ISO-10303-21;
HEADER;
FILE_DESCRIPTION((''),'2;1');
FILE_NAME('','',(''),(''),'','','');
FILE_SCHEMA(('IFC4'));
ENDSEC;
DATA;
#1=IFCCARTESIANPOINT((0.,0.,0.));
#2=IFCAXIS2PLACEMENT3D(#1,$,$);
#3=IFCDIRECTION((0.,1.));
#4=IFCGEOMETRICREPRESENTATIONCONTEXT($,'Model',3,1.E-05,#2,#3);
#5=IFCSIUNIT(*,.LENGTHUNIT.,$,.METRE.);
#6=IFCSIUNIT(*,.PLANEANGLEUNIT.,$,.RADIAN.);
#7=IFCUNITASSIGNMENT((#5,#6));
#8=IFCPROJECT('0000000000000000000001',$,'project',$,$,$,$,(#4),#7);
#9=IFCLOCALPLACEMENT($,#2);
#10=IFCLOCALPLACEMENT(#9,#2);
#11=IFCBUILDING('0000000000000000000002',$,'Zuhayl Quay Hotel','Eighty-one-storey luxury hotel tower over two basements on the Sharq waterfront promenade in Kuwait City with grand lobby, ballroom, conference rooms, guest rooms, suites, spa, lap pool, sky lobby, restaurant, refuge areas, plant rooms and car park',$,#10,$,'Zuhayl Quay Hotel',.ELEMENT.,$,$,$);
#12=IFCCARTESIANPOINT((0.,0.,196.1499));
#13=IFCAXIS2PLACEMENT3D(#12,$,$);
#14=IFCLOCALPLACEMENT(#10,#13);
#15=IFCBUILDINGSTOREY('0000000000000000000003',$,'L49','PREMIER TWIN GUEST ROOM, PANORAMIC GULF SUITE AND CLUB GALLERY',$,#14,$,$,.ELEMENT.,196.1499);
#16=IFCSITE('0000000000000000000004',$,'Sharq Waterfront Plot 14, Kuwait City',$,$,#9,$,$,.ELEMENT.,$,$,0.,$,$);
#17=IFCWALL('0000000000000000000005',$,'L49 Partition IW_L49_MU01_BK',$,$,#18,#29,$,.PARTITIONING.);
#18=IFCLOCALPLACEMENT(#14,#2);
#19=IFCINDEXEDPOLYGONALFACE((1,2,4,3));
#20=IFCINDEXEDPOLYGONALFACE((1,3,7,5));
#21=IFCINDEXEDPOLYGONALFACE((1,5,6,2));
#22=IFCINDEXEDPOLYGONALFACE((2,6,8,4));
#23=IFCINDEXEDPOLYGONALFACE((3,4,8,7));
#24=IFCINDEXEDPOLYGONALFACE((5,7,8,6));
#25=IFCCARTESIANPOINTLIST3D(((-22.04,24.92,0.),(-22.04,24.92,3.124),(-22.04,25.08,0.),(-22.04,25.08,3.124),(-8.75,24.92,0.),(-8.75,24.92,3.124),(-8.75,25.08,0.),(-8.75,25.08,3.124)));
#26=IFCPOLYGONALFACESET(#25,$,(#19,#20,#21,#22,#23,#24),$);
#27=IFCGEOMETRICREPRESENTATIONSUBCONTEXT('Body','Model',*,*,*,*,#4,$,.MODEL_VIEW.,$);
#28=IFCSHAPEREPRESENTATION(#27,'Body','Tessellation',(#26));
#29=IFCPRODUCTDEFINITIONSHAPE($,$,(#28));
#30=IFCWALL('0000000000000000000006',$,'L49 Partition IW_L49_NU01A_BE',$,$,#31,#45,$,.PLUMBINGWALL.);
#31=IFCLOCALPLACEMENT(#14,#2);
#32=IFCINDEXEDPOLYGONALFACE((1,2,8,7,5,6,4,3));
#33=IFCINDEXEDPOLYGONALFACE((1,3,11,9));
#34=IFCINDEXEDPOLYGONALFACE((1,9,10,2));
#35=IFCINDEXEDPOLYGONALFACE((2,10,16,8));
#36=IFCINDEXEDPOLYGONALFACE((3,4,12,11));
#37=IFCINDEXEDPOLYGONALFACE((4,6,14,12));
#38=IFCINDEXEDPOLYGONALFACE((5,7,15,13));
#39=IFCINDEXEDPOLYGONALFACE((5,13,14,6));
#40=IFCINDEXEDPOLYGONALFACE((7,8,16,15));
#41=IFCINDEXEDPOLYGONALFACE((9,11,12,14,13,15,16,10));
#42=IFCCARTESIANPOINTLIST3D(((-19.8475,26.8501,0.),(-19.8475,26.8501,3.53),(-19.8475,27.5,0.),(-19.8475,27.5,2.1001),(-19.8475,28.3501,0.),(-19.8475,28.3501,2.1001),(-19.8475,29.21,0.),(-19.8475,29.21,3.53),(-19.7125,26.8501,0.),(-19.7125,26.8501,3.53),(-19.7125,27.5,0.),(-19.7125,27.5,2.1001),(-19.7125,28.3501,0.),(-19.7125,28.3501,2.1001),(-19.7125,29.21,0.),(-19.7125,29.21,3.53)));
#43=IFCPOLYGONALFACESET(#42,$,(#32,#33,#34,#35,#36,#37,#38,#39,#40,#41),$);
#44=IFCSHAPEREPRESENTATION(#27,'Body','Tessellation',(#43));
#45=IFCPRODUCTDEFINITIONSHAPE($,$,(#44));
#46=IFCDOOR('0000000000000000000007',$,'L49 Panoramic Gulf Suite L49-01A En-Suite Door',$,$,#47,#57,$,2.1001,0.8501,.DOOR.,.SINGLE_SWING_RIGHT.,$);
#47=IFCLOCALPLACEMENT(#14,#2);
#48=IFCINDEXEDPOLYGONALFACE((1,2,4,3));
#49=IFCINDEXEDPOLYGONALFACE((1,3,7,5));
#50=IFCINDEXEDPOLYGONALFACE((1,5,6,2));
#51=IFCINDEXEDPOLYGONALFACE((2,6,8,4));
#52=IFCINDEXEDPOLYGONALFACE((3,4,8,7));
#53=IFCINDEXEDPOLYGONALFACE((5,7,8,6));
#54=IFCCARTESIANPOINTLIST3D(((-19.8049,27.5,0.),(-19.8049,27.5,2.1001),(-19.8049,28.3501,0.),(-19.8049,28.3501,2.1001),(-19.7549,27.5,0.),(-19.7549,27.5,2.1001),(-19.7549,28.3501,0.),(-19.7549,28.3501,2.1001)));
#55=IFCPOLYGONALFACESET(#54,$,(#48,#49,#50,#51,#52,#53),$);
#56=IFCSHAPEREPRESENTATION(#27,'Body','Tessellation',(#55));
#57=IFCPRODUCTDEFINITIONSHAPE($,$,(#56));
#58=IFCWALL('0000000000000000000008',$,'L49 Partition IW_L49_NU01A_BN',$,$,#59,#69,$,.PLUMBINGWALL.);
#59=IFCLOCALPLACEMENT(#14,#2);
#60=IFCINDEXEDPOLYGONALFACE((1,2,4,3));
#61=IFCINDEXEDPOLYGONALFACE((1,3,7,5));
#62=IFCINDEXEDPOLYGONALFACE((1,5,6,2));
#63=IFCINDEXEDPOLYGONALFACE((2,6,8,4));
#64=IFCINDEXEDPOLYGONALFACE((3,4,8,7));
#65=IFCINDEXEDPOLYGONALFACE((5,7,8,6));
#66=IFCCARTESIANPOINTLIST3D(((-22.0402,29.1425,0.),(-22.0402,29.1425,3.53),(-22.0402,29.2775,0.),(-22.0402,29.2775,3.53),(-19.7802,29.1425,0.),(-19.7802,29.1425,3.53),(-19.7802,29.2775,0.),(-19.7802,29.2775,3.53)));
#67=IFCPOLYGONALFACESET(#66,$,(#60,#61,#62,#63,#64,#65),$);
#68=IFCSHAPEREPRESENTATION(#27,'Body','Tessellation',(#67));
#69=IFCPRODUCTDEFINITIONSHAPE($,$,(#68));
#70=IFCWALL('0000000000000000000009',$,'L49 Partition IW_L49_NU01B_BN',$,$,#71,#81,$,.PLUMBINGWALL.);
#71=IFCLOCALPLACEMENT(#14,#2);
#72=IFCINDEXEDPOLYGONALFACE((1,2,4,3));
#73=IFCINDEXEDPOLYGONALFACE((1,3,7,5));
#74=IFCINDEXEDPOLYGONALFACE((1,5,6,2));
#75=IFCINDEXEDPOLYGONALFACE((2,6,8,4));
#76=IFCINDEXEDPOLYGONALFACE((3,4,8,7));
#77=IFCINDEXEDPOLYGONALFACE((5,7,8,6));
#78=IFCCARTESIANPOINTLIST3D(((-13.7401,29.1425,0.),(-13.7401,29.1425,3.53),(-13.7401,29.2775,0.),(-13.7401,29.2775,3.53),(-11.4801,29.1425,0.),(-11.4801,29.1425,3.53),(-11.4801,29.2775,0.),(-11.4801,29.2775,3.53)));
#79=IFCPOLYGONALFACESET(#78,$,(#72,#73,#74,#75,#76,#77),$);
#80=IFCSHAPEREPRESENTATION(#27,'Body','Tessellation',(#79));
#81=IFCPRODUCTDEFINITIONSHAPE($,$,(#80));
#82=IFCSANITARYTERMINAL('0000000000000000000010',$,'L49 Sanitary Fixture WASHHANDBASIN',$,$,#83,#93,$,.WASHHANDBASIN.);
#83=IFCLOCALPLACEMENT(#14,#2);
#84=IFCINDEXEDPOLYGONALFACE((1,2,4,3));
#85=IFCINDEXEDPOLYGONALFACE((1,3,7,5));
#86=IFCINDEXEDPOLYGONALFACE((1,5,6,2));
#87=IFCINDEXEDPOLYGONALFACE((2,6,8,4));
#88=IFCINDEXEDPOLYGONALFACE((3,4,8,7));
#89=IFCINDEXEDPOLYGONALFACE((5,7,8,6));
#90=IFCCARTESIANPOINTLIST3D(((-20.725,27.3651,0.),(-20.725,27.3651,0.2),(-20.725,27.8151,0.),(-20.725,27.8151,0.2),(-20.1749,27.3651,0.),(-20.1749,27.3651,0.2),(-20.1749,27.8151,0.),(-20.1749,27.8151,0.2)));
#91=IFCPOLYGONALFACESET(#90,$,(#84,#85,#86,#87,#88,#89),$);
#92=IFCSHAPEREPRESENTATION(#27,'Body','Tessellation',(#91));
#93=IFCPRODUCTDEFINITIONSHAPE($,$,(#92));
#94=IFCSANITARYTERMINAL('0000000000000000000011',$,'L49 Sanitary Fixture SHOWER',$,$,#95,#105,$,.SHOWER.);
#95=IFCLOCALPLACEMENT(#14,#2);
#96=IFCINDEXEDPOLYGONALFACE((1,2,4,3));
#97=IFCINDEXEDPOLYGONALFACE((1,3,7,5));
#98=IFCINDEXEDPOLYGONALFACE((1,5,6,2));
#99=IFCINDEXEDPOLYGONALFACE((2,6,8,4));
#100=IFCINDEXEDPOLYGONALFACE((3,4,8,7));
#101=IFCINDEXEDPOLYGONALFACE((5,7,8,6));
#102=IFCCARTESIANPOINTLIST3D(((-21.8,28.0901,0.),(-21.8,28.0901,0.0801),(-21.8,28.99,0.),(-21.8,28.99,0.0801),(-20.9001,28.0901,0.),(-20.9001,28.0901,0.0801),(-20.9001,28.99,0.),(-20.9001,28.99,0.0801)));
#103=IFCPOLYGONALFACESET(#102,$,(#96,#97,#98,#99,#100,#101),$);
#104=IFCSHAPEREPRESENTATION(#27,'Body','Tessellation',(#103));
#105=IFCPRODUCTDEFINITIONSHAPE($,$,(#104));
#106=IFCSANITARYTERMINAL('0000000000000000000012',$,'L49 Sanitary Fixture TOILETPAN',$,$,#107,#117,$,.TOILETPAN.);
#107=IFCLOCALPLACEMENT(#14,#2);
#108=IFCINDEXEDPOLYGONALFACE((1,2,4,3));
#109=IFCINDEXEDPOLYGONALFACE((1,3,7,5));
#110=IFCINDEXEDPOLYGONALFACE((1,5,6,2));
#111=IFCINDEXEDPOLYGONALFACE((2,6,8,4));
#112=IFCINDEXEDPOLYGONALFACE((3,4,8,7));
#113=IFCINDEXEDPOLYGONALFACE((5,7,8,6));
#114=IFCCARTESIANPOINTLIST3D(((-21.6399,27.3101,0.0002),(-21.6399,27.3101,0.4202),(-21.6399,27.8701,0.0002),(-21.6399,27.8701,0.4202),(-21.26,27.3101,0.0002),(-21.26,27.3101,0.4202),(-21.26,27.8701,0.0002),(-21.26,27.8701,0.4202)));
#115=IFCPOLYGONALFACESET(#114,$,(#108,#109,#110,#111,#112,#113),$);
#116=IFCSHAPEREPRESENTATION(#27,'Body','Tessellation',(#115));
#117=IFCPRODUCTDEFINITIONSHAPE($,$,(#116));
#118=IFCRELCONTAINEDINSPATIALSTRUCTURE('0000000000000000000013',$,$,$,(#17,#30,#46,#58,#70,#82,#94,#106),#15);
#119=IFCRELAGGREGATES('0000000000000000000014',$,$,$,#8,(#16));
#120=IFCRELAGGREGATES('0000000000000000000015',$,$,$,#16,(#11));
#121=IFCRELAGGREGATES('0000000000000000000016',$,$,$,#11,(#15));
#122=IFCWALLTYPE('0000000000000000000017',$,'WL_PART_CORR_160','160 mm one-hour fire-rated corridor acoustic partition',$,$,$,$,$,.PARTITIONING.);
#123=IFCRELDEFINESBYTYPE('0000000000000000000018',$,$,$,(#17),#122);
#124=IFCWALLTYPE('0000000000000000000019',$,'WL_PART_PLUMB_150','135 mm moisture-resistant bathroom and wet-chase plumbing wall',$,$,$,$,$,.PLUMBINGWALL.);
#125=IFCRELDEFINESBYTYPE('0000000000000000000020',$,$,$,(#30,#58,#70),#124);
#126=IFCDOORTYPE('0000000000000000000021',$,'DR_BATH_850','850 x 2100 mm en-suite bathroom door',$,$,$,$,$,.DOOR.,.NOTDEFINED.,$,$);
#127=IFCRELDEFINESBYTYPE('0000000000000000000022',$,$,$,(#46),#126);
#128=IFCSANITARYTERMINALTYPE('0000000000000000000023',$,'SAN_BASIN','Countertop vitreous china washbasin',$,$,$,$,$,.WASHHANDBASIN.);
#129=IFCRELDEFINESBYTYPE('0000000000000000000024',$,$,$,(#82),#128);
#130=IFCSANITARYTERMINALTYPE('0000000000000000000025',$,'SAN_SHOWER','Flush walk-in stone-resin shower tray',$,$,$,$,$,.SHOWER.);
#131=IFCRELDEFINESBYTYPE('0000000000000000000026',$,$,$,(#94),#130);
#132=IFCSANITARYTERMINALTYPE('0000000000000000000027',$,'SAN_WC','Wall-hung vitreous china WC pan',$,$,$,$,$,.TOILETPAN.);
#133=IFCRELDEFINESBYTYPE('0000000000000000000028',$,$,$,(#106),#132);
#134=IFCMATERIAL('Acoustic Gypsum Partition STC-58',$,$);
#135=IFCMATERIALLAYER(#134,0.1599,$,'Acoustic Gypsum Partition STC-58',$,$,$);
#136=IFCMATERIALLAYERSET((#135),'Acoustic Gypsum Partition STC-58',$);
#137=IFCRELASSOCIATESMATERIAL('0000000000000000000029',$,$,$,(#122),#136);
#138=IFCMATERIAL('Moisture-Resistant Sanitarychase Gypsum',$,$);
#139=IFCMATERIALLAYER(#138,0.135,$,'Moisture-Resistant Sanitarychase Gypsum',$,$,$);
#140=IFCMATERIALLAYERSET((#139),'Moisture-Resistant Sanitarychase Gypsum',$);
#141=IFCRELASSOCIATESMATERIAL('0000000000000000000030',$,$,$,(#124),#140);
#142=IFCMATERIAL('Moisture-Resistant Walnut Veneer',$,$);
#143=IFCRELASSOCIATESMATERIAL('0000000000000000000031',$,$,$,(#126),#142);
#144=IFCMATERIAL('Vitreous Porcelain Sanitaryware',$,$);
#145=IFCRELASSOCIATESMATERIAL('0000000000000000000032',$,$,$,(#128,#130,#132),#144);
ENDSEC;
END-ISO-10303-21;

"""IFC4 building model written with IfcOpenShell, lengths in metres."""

from ifc_helpers import new_model, si_unit, direction, frame, frame_2d, origin, origin_2d, place, context, subcontext, project, spatial, rectangle, extrude, material, layer, layer_set, type_object, element, fill, save


model = new_model("IFC4")

# Units and contexts
model_context = context("Model", 3, precision=1e-05, world=origin(), true_north=direction((0.0, 1.0)))
body_context = subcontext(model_context, "Body", "Model", "MODEL_VIEW")
ifc_project = project(units=[si_unit("LENGTHUNIT", "METRE"), si_unit("PLANEANGLEUNIT", "RADIAN")], contexts=[model_context])

# Site, building, storey
site_placement = place(None, origin())
site = spatial("IfcSite", under=ifc_project, at=site_placement, Name="Sharq Waterfront Plot 14, Kuwait City", CompositionType="ELEMENT", RefElevation=0.0)
building_placement = place(site_placement, origin())
building = spatial("IfcBuilding", under=site, at=building_placement, Name="Zuhayl Quay Hotel", Description="Eighty-one-storey luxury hotel tower over two basements on the Sharq waterfront promenade in Kuwait City with grand lobby, ballroom, conference rooms, guest rooms, suites, spa, lap pool, sky lobby, restaurant, refuge areas, plant rooms and car park", LongName="Zuhayl Quay Hotel", CompositionType="ELEMENT")
storey_placement = place(building_placement, frame((0.0, 0.0, 196.1499)))
storey = spatial("IfcBuildingStorey", under=building, at=storey_placement, Name="L49", Description="PREMIER TWIN GUEST ROOM, PANORAMIC GULF SUITE AND CLUB GALLERY", CompositionType="ELEMENT", Elevation=196.1499)

# Shared definitions
ifc_material_1 = material(Name="Acoustic Gypsum Partition STC-58")

# Shared definitions
ifc_layer_1 = layer(ifc_material_1, 0.1599, Name="Acoustic Gypsum Partition STC-58")
ifc_layer_set_1 = layer_set([ifc_layer_1], Name="Acoustic Gypsum Partition STC-58")
wall_type_1 = type_object("IfcWallType", Name="WL_PART_CORR_160", Description="160 mm one-hour fire-rated corridor acoustic partition", PredefinedType="PARTITIONING", material=ifc_layer_set_1)

# Wall
wall_1_placement = place(storey_placement, frame((-22.04, 25.0, 0.0), z_axis=(0.0, 0.0, 1.0), x_axis=(1.0, 0.0, 0.0)))
element("IfcWall", 1, at=wall_1_placement, inside=storey, type_object=wall_type_1, Name="L49 Partition IW_L49_MU01_BK", PredefinedType="PARTITIONING", context=body_context, shape_type="SweptSolid", body=[
    extrude(rectangle(XDim=13.29, YDim=0.1599, at=frame_2d((6.645, 0.0))), origin(), (0.0, 0.0, 1.0), 3.124),
])

# Wall, opening, door
ifc_material_2 = material(Name="Moisture-Resistant Sanitarychase Gypsum")
ifc_layer_2 = layer(ifc_material_2, 0.135, Name="Moisture-Resistant Sanitarychase Gypsum")
ifc_layer_set_2 = layer_set([ifc_layer_2], Name="Moisture-Resistant Sanitarychase Gypsum")
wall_type_2 = type_object("IfcWallType", Name="WL_PART_PLUMB_150", Description="135 mm moisture-resistant bathroom and wet-chase plumbing wall", PredefinedType="PLUMBINGWALL", material=ifc_layer_set_2)
wall_2_placement = place(storey_placement, frame((-19.78, 26.8501, 0.0), z_axis=(0.0, 0.0, 1.0), x_axis=(0.0, 1.0, 0.0)))
wall_2 = element("IfcWall", 2, at=wall_2_placement, inside=storey, type_object=wall_type_2, Name="L49 Partition IW_L49_NU01A_BE", PredefinedType="PLUMBINGWALL", context=body_context, shape_type="SweptSolid", body=[
    extrude(rectangle(XDim=2.3599, YDim=0.135, at=frame_2d((1.1799, 0.0))), origin(), (0.0, 0.0, 1.0), 3.53),
])
opening_1_placement = place(wall_2_placement, frame((0.6499, 0.0, 0.0)))
opening_1 = element("IfcOpeningElement", 3, at=opening_1_placement, cuts=wall_2, PredefinedType="OPENING", context=body_context, shape_type="SweptSolid", body=[
    extrude(rectangle(XDim=0.8501, YDim=2.1001, at=frame_2d((0.425, 1.05))), frame((0.0, 0.0774, 0.0), z_axis=(0.0, -1.0, 0.0), x_axis=(1.0, 0.0, 0.0)), (0.0, 0.0, 1.0), 0.155),
])
ifc_material_3 = material(Name="Moisture-Resistant Walnut Veneer")
door_type_1 = type_object("IfcDoorType", Name="DR_BATH_850", Description="850 x 2100 mm en-suite bathroom door", OperationType="NOTDEFINED", PredefinedType="DOOR", material=ifc_material_3)
door_1_placement = place(opening_1_placement, origin())
door_1 = element("IfcDoor", 4, at=door_1_placement, inside=storey, type_object=door_type_1, Name="L49 Panoramic Gulf Suite L49-01A En-Suite Door", OperationType="SINGLE_SWING_RIGHT", OverallHeight=2.1001, OverallWidth=0.8501, PredefinedType="DOOR", context=body_context, shape_type="SweptSolid", body=[
    extrude(rectangle(XDim=0.8501, YDim=2.1001, at=frame_2d((0.425, 1.05))), frame((0.0, 0.0249, 0.0), z_axis=(0.0, -1.0, 0.0), x_axis=(1.0, 0.0, 0.0)), (0.0, 0.0, 1.0), 0.05),
])
fill(opening_1, door_1)

# Walls
for number, where, z_axis, x_axis, name in (
    (5, (-22.04, 29.21, 0.0), (0.0, 0.0, 1.0), (1.0, 0.0, 0.0), "L49 Partition IW_L49_NU01A_BN"),
    (6, (-13.74, 29.21, 0.0), (0.0, 0.0, 1.0), (1.0, 0.0, 0.0), "L49 Partition IW_L49_NU01B_BN"),
):
    element("IfcWall", number, at=place(storey_placement, frame(where, z_axis=z_axis, x_axis=x_axis)), inside=storey, type_object=wall_type_2, Name=name, PredefinedType="PLUMBINGWALL", context=body_context, shape_type="SweptSolid", body=[
        extrude(rectangle(XDim=2.26, YDim=0.135, at=frame_2d((1.1299, 0.0))), origin(), (0.0, 0.0, 1.0), 3.53),
    ])

# Sanitary terminals
ifc_material_4 = material(Name="Vitreous Porcelain Sanitaryware")
sanitary_terminal_type_1 = type_object("IfcSanitaryTerminalType", Name="SAN_BASIN", Description="Countertop vitreous china washbasin", PredefinedType="WASHHANDBASIN", material=ifc_material_4)
sanitary_terminal_1_placement = place(storey_placement, frame((-20.45, 27.5901, 0.0), z_axis=(0.0, 0.0, 1.0), x_axis=(1.0, 0.0, 0.0)))
element("IfcSanitaryTerminal", 7, at=sanitary_terminal_1_placement, inside=storey, type_object=sanitary_terminal_type_1, Name="L49 Sanitary Fixture WASHHANDBASIN", PredefinedType="WASHHANDBASIN", context=body_context, shape_type="SweptSolid", body=[
    extrude(rectangle(XDim=0.55, YDim=0.45, at=origin_2d()), origin(), (0.0, 0.0, 1.0), 0.2),
])
sanitary_terminal_type_2 = type_object("IfcSanitaryTerminalType", Name="SAN_SHOWER", Description="Flush walk-in stone-resin shower tray", PredefinedType="SHOWER", material=ifc_material_4)
sanitary_terminal_2_placement = place(storey_placement, frame((-21.3501, 28.54, 0.0), z_axis=(0.0, 0.0, 1.0), x_axis=(1.0, 0.0, 0.0)))
element("IfcSanitaryTerminal", 8, at=sanitary_terminal_2_placement, inside=storey, type_object=sanitary_terminal_type_2, Name="L49 Sanitary Fixture SHOWER", PredefinedType="SHOWER", context=body_context, shape_type="SweptSolid", body=[
    extrude(rectangle(XDim=0.8999, YDim=0.8999, at=origin_2d()), origin(), (0.0, 0.0, 1.0), 0.0801),
])
sanitary_terminal_type_3 = type_object("IfcSanitaryTerminalType", Name="SAN_WC", Description="Wall-hung vitreous china WC pan", PredefinedType="TOILETPAN", material=ifc_material_4)
sanitary_terminal_3_placement = place(storey_placement, frame((-21.45, 27.5901, 0.0002), z_axis=(0.0, 0.0, 1.0), x_axis=(1.0, 0.0, 0.0)))
element("IfcSanitaryTerminal", 9, at=sanitary_terminal_3_placement, inside=storey, type_object=sanitary_terminal_type_3, Name="L49 Sanitary Fixture TOILETPAN", PredefinedType="TOILETPAN", context=body_context, shape_type="SweptSolid", body=[
    extrude(rectangle(XDim=0.3799, YDim=0.5601, at=origin_2d()), origin(), (0.0, 0.0, 1.0), 0.4199),
])

save(model, "model.ifc")
